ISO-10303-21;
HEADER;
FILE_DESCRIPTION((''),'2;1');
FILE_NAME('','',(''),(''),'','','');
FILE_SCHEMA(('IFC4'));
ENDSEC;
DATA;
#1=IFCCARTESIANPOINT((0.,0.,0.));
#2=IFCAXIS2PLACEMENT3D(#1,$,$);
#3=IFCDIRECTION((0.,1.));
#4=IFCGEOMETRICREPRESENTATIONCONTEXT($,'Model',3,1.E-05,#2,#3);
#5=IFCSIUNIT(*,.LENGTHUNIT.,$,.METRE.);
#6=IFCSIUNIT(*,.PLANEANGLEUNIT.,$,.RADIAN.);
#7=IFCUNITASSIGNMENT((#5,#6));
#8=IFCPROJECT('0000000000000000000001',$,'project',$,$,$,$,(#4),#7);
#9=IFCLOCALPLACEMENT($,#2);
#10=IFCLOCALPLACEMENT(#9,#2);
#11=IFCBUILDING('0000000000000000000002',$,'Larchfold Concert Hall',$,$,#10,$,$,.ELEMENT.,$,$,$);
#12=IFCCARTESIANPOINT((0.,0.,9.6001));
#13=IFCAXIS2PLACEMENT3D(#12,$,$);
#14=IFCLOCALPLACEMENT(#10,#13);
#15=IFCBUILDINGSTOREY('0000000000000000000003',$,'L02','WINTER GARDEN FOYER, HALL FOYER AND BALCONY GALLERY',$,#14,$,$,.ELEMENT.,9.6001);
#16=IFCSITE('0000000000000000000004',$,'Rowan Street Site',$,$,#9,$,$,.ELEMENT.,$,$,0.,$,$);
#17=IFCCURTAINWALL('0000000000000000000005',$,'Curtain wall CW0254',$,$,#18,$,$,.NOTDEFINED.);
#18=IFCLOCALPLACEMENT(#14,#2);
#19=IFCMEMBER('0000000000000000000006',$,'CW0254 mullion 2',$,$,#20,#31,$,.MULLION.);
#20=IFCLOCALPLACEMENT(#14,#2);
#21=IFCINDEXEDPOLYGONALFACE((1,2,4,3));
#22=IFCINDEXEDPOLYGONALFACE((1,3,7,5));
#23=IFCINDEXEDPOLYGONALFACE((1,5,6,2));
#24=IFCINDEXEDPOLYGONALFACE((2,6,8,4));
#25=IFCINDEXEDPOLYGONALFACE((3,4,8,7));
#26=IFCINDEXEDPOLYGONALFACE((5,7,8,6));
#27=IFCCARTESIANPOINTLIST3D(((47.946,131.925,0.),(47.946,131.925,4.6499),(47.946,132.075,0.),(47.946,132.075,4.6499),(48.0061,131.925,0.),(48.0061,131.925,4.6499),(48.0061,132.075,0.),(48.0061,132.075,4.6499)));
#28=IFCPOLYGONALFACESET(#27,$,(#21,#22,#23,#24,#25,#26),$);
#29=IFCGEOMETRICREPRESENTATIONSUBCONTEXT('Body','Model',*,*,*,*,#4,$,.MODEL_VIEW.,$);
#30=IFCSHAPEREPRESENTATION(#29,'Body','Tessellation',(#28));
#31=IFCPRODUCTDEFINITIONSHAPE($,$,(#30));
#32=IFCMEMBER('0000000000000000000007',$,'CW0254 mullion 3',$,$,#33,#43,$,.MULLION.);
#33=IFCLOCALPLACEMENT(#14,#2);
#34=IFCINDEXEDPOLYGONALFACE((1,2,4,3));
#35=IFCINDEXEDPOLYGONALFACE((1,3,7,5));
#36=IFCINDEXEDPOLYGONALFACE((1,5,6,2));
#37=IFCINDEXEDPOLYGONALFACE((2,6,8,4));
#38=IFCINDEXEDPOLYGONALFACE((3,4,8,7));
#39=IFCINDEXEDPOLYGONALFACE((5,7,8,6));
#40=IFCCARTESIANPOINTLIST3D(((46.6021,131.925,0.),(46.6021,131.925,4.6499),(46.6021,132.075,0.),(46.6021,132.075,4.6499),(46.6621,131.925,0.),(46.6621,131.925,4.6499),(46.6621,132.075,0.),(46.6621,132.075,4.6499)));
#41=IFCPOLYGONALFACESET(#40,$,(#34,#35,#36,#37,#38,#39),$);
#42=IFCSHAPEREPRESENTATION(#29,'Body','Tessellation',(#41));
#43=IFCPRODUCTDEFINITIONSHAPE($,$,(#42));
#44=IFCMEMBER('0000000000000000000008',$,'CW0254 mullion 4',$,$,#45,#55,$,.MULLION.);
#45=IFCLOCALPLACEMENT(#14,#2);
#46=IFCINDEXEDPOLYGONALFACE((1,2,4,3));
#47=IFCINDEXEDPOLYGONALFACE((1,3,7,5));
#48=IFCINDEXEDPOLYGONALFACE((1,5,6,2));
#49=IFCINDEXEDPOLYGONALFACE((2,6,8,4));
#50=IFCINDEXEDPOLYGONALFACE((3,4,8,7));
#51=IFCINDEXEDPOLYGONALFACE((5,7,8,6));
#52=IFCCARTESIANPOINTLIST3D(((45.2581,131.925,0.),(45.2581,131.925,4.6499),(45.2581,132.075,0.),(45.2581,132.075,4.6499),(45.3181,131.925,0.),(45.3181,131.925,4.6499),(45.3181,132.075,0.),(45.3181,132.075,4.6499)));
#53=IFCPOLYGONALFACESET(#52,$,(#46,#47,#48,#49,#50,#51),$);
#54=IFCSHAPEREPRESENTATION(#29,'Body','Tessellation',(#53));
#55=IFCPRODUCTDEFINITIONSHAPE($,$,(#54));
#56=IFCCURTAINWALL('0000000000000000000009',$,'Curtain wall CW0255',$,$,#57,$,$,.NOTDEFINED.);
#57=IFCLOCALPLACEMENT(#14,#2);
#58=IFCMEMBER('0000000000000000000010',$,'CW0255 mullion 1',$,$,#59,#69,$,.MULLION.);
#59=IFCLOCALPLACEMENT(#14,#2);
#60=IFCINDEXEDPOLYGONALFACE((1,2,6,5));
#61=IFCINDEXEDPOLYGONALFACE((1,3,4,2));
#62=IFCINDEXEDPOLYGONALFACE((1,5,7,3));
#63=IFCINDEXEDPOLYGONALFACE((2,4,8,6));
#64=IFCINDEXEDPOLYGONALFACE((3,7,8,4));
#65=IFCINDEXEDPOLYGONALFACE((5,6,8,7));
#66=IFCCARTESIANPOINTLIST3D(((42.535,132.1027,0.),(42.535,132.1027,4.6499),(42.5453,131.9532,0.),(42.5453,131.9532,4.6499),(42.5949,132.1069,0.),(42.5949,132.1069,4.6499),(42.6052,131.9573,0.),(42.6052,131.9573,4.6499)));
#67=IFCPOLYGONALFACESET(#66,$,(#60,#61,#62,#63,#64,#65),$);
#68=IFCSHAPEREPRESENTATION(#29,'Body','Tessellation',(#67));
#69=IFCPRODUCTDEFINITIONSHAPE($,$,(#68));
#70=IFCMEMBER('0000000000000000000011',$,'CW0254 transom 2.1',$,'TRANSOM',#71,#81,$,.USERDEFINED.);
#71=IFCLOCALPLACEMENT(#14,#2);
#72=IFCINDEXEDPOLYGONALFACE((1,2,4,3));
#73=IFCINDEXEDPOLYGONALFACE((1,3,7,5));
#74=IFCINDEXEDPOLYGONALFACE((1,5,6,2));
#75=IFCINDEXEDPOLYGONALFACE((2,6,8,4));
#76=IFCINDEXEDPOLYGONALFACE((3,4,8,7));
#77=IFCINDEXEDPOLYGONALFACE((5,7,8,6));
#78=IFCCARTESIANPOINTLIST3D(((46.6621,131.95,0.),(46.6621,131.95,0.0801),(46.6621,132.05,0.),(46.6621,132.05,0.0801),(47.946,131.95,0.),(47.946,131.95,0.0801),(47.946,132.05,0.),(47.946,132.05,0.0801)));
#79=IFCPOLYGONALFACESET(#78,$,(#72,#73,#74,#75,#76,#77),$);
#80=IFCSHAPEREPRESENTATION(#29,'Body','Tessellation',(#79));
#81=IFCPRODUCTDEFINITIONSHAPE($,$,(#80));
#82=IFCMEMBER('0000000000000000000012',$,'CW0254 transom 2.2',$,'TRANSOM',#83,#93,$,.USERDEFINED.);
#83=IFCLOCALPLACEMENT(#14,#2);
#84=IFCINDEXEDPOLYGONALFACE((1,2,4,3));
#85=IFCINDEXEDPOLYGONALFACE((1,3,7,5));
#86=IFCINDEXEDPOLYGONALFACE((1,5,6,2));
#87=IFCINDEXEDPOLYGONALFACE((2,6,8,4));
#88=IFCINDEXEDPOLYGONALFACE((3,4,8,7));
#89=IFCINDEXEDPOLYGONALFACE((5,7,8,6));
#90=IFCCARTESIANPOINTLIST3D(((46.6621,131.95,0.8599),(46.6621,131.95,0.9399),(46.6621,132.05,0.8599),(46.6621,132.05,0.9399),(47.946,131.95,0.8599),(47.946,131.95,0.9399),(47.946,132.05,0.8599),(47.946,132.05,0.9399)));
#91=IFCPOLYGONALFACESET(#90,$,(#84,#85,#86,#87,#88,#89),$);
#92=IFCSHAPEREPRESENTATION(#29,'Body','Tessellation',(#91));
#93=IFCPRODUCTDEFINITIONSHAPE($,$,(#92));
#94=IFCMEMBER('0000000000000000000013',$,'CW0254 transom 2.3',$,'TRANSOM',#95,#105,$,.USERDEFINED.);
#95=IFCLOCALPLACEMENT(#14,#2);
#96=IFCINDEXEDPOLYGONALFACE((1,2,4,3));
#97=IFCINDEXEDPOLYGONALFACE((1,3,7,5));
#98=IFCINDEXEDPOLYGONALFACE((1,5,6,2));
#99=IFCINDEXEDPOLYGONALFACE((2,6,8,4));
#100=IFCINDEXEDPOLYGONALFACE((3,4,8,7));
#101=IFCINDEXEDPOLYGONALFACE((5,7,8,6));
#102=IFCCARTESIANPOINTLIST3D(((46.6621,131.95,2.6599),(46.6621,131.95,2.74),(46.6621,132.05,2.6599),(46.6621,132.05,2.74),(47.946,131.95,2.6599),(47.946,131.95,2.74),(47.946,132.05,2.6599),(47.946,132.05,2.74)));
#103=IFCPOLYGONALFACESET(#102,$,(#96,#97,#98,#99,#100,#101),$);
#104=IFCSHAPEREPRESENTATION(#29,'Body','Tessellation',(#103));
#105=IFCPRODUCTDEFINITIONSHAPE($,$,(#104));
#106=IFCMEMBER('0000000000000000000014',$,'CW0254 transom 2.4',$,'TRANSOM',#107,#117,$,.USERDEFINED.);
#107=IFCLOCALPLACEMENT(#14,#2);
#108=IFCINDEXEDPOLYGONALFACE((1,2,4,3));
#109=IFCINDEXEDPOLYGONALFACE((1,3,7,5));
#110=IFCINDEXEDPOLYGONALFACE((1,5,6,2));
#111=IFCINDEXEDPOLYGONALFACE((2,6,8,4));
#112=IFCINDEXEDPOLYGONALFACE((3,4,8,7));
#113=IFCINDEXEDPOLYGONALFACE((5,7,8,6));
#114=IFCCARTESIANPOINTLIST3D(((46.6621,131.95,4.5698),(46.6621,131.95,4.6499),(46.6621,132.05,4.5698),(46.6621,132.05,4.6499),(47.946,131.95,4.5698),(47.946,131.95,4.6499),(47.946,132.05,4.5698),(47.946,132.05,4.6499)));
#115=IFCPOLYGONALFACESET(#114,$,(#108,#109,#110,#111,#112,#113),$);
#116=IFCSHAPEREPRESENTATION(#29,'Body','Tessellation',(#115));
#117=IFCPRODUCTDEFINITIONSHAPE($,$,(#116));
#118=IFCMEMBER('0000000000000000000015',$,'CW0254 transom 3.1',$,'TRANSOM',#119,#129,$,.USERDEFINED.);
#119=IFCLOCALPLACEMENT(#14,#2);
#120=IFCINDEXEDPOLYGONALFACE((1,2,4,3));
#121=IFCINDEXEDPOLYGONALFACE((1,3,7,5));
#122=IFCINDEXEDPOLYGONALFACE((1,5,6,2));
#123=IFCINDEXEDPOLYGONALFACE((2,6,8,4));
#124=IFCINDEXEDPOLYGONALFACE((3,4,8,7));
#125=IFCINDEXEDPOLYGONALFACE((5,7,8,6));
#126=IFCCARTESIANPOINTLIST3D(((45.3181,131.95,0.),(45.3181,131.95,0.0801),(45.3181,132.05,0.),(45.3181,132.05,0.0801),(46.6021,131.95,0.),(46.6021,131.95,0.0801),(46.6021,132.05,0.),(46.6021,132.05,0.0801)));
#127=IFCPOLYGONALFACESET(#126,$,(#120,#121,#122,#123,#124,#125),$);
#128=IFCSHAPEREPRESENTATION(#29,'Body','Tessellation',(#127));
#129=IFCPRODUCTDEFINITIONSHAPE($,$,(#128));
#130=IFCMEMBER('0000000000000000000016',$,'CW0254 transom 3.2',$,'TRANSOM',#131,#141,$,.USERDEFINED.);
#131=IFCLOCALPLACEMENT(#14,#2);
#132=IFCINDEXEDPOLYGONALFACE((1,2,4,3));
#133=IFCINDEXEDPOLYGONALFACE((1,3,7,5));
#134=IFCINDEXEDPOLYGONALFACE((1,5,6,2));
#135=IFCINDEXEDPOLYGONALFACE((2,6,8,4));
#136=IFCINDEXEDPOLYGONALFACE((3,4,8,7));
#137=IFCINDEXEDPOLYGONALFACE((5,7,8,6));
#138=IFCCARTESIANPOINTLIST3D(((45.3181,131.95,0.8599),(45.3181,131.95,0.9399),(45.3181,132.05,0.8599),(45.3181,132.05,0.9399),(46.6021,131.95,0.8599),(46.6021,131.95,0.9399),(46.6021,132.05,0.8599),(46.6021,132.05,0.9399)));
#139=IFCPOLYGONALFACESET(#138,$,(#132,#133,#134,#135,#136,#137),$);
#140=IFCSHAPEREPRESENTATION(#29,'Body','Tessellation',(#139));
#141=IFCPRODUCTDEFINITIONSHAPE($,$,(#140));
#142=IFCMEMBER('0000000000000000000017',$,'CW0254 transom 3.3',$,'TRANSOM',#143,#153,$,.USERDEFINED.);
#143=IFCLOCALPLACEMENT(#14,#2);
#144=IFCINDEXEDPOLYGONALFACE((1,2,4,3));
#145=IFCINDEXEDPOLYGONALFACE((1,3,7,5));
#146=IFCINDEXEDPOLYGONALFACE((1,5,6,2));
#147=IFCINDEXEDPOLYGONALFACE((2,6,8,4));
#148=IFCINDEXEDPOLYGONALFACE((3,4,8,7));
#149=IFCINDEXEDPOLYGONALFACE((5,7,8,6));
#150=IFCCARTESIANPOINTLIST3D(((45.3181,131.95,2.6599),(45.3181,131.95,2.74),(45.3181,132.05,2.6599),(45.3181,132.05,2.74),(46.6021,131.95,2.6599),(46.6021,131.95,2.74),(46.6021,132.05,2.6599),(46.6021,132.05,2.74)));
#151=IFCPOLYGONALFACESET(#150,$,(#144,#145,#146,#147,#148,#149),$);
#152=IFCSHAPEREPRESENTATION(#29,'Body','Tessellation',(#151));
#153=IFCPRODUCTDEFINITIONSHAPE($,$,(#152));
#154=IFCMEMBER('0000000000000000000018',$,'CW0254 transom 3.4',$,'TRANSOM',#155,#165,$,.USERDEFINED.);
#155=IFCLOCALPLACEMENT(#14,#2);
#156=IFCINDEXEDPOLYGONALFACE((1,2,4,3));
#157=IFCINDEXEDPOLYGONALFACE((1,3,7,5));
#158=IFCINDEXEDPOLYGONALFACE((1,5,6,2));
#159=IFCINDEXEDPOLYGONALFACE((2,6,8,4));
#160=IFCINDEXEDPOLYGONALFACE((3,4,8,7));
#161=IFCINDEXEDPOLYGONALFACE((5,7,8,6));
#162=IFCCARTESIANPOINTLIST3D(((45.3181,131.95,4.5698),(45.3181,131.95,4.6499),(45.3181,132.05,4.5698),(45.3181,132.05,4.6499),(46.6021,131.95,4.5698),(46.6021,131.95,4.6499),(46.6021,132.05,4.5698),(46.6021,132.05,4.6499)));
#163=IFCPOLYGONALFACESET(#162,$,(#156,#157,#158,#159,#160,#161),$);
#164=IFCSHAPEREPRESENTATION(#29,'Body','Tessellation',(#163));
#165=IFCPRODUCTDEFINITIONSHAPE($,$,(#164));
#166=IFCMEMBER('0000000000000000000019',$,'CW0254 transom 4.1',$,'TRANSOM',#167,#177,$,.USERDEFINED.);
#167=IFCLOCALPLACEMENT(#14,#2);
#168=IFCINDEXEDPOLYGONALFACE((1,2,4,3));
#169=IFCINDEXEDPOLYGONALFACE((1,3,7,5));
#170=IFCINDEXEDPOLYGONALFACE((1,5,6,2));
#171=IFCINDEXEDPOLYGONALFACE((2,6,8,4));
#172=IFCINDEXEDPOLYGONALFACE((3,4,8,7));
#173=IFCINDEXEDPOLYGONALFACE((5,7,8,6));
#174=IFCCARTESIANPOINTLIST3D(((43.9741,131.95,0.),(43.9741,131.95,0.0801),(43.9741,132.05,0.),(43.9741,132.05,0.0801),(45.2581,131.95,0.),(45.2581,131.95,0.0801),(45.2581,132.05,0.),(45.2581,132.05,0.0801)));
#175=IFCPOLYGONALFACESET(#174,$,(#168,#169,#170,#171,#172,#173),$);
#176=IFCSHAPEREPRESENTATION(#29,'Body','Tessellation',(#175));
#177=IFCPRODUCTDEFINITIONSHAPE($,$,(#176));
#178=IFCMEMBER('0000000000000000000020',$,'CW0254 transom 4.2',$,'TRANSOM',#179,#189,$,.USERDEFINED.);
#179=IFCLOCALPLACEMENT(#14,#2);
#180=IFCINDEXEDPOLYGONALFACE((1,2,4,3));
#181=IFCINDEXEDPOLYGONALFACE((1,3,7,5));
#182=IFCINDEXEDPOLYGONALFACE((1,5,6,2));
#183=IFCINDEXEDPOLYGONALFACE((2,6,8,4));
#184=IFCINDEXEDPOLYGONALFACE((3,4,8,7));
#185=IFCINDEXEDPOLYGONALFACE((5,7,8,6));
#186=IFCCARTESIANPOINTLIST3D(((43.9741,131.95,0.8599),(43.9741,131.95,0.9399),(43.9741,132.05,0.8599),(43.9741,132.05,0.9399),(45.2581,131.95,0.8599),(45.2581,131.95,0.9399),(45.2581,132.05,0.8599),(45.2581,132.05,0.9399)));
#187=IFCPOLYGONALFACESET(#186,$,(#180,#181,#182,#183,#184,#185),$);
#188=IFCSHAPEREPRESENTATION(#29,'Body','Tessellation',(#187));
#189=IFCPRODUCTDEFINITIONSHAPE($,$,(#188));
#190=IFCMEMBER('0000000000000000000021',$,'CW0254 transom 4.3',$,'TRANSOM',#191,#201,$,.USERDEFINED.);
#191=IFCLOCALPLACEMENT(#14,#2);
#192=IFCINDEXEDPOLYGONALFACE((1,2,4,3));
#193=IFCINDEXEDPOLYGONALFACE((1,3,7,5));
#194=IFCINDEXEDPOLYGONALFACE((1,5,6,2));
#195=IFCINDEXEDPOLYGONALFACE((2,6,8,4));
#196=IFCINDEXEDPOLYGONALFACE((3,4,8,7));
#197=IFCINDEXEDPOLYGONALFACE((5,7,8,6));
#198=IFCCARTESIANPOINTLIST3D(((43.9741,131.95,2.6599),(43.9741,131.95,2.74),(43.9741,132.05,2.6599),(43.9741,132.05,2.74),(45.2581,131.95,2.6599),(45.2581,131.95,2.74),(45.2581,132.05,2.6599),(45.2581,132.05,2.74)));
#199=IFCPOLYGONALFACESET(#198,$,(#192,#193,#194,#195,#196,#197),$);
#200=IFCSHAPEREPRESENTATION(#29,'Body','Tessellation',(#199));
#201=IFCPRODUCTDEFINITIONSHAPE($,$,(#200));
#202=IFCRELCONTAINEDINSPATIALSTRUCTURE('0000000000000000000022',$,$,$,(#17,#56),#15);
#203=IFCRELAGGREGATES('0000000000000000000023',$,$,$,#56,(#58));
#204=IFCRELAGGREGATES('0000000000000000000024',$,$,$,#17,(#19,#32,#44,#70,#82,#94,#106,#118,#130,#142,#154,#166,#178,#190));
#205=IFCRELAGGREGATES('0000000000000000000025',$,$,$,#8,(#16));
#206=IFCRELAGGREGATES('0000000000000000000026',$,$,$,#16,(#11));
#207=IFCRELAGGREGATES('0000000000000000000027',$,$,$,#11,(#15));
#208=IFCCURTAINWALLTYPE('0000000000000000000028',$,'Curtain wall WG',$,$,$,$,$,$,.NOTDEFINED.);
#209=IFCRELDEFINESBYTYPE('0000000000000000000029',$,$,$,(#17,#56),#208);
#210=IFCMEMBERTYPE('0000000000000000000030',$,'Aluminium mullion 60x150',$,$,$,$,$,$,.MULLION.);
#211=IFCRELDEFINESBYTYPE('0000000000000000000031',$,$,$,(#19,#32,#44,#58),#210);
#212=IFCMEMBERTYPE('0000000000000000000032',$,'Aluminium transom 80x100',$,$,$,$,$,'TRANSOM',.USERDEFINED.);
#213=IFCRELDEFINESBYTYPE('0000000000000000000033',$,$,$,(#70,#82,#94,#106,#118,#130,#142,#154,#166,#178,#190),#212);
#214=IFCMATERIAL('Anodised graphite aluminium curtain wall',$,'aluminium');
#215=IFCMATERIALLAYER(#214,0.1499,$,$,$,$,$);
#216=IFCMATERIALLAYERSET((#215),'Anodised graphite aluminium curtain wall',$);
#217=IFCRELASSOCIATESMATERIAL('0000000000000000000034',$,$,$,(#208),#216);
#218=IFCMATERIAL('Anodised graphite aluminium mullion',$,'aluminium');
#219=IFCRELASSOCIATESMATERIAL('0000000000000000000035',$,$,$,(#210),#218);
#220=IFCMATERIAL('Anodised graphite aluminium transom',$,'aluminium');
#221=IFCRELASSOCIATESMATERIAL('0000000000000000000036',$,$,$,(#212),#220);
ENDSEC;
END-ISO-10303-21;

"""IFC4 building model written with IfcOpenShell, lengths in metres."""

from ifc_helpers import new_model, si_unit, direction, frame, origin, origin_2d, place, context, subcontext, project, spatial, rectangle, extrude, material, layer, layer_set, material_profile, profile_set, type_object, element, aggregate, save


model = new_model("IFC4")

# Units and contexts
model_context = context("Model", 3, precision=1e-05, world=origin(), true_north=direction((0.0, 1.0)))
body_context = subcontext(model_context, "Body", "Model", "MODEL_VIEW")
ifc_project = project(units=[si_unit("LENGTHUNIT", "METRE"), si_unit("PLANEANGLEUNIT", "RADIAN")], contexts=[model_context])

# Site, building, storey
site_placement = place(None, origin())
site = spatial("IfcSite", under=ifc_project, at=site_placement, Name="Rowan Street Site", CompositionType="ELEMENT", RefElevation=0.0)
building_placement = place(site_placement, origin())
building = spatial("IfcBuilding", under=site, at=building_placement, Name="Larchfold Concert Hall", CompositionType="ELEMENT")
storey_placement = place(building_placement, frame((0.0, 0.0, 9.6001)))
storey = spatial("IfcBuildingStorey", under=building, at=storey_placement, Name="L02", Description="WINTER GARDEN FOYER, HALL FOYER AND BALCONY GALLERY", CompositionType="ELEMENT", Elevation=9.6001)

# Curtain wall, members
ifc_material_1 = material(Name="Anodised graphite aluminium curtain wall", Category="aluminium")
ifc_layer_1 = layer(ifc_material_1, 0.1499)
ifc_layer_set_1 = layer_set([ifc_layer_1], Name="Anodised graphite aluminium curtain wall")
curtain_wall_type = type_object("IfcCurtainWallType", Name="Curtain wall WG", PredefinedType="NOTDEFINED", material=ifc_layer_set_1)
curtain_wall_1_placement = place(storey_placement, origin())
curtain_wall_1 = element("IfcCurtainWall", 1, at=curtain_wall_1_placement, inside=storey, type_object=curtain_wall_type, Name="Curtain wall CW0254", PredefinedType="NOTDEFINED")
ifc_material_2 = material(Name="Anodised graphite aluminium mullion", Category="aluminium")
ifc_material_profile_1 = material_profile(ifc_material_2, rectangle(XDim=0.1499, YDim=0.0601, at=origin_2d()))
ifc_profile_set_1 = profile_set([ifc_material_profile_1], Name="Anodised graphite aluminium mullion")
member_type_1 = type_object("IfcMemberType", Name="Aluminium mullion 60x150", PredefinedType="MULLION", material=ifc_profile_set_1)
member_1_placement = place(storey_placement, frame((47.9761, 132.0, 0.0), z_axis=(0.0, 0.0, 1.0), x_axis=(0.0, -1.0, 0.0)))
member_1 = element("IfcMember", 2, at=member_1_placement, type_object=member_type_1, Name="CW0254 mullion 2", PredefinedType="MULLION", context=body_context, shape_type="SweptSolid", body=[
    extrude(rectangle(XDim=0.1499, YDim=0.0601, at=origin_2d()), origin(), (0.0, 0.0, 1.0), 4.6499),
])
member_2_placement = place(storey_placement, frame((46.6321, 132.0, 0.0), z_axis=(0.0, 0.0, 1.0), x_axis=(0.0, -1.0, 0.0)))
member_2 = element("IfcMember", 3, at=member_2_placement, type_object=member_type_1, Name="CW0254 mullion 3", PredefinedType="MULLION", context=body_context, shape_type="SweptSolid", body=[
    extrude(rectangle(XDim=0.1499, YDim=0.0601, at=origin_2d()), origin(), (0.0, 0.0, 1.0), 4.6499),
])
member_3_placement = place(storey_placement, frame((45.2881, 132.0, 0.0), z_axis=(0.0, 0.0, 1.0), x_axis=(0.0, -1.0, 0.0)))
member_3 = element("IfcMember", 4, at=member_3_placement, type_object=member_type_1, Name="CW0254 mullion 4", PredefinedType="MULLION", context=body_context, shape_type="SweptSolid", body=[
    extrude(rectangle(XDim=0.1499, YDim=0.0601, at=origin_2d()), origin(), (0.0, 0.0, 1.0), 4.6499),
])

# Curtain wall, member
curtain_wall_2_placement = place(storey_placement, origin())
curtain_wall_2 = element("IfcCurtainWall", 5, at=curtain_wall_2_placement, inside=storey, type_object=curtain_wall_type, Name="Curtain wall CW0255", PredefinedType="NOTDEFINED")
member_4_placement = place(storey_placement, frame((42.5701, 132.03, 0.0), z_axis=(0.0, 0.0, 1.0), x_axis=(0.068786, -0.997631, 0.0)))
member_4 = element("IfcMember", 6, at=member_4_placement, type_object=member_type_1, Name="CW0255 mullion 1", PredefinedType="MULLION", context=body_context, shape_type="SweptSolid", body=[
    extrude(rectangle(XDim=0.1499, YDim=0.0601, at=origin_2d()), origin(), (0.0, 0.0, 1.0), 4.6499),
])

# Members
ifc_material_3 = material(Name="Anodised graphite aluminium transom", Category="aluminium")
ifc_material_profile_2 = material_profile(ifc_material_3, rectangle(XDim=0.1001, YDim=0.0801, at=origin_2d()))
ifc_profile_set_2 = profile_set([ifc_material_profile_2], Name="Anodised graphite aluminium transom")
member_type_2 = type_object("IfcMemberType", Name="Aluminium transom 80x100", ElementType="TRANSOM", PredefinedType="USERDEFINED", material=ifc_profile_set_2)
member_5_placement = place(storey_placement, frame((47.946, 132.0, 0.04), z_axis=(-1.0, 0.0, 0.0), x_axis=(0.0, -1.0, 0.0)))
member_5 = element("IfcMember", 7, at=member_5_placement, type_object=member_type_2, Name="CW0254 transom 2.1", ObjectType="TRANSOM", PredefinedType="USERDEFINED", context=body_context, shape_type="SweptSolid", body=[
    extrude(rectangle(XDim=0.1001, YDim=0.0801, at=origin_2d()), origin(), (0.0, 0.0, 1.0), 1.2839),
])
member_6_placement = place(storey_placement, frame((47.946, 132.0, 0.8999), z_axis=(-1.0, 0.0, 0.0), x_axis=(0.0, -1.0, 0.0)))
member_6 = element("IfcMember", 8, at=member_6_placement, type_object=member_type_2, Name="CW0254 transom 2.2", ObjectType="TRANSOM", PredefinedType="USERDEFINED", context=body_context, shape_type="SweptSolid", body=[
    extrude(rectangle(XDim=0.1001, YDim=0.0801, at=origin_2d()), origin(), (0.0, 0.0, 1.0), 1.2839),
])
member_7_placement = place(storey_placement, frame((47.946, 132.0, 2.7), z_axis=(-1.0, 0.0, 0.0), x_axis=(0.0, -1.0, 0.0)))
member_7 = element("IfcMember", 9, at=member_7_placement, type_object=member_type_2, Name="CW0254 transom 2.3", ObjectType="TRANSOM", PredefinedType="USERDEFINED", context=body_context, shape_type="SweptSolid", body=[
    extrude(rectangle(XDim=0.1001, YDim=0.0801, at=origin_2d()), origin(), (0.0, 0.0, 1.0), 1.2839),
])
member_8_placement = place(storey_placement, frame((47.946, 132.0, 4.6099), z_axis=(-1.0, 0.0, 0.0), x_axis=(0.0, -1.0, 0.0)))
member_8 = element("IfcMember", 10, at=member_8_placement, type_object=member_type_2, Name="CW0254 transom 2.4", ObjectType="TRANSOM", PredefinedType="USERDEFINED", context=body_context, shape_type="SweptSolid", body=[
    extrude(rectangle(XDim=0.1001, YDim=0.0801, at=origin_2d()), origin(), (0.0, 0.0, 1.0), 1.2839),
])
member_9_placement = place(storey_placement, frame((46.6021, 132.0, 0.04), z_axis=(-1.0, 0.0, 0.0), x_axis=(0.0, -1.0, 0.0)))
member_9 = element("IfcMember", 11, at=member_9_placement, type_object=member_type_2, Name="CW0254 transom 3.1", ObjectType="TRANSOM", PredefinedType="USERDEFINED", context=body_context, shape_type="SweptSolid", body=[
    extrude(rectangle(XDim=0.1001, YDim=0.0801, at=origin_2d()), origin(), (0.0, 0.0, 1.0), 1.2839),
])
member_10_placement = place(storey_placement, frame((46.6021, 132.0, 0.8999), z_axis=(-1.0, 0.0, 0.0), x_axis=(0.0, -1.0, 0.0)))
member_10 = element("IfcMember", 12, at=member_10_placement, type_object=member_type_2, Name="CW0254 transom 3.2", ObjectType="TRANSOM", PredefinedType="USERDEFINED", context=body_context, shape_type="SweptSolid", body=[
    extrude(rectangle(XDim=0.1001, YDim=0.0801, at=origin_2d()), origin(), (0.0, 0.0, 1.0), 1.2839),
])
member_11_placement = place(storey_placement, frame((46.6021, 132.0, 2.7), z_axis=(-1.0, 0.0, 0.0), x_axis=(0.0, -1.0, 0.0)))
member_11 = element("IfcMember", 13, at=member_11_placement, type_object=member_type_2, Name="CW0254 transom 3.3", ObjectType="TRANSOM", PredefinedType="USERDEFINED", context=body_context, shape_type="SweptSolid", body=[
    extrude(rectangle(XDim=0.1001, YDim=0.0801, at=origin_2d()), origin(), (0.0, 0.0, 1.0), 1.2839),
])
member_12_placement = place(storey_placement, frame((46.6021, 132.0, 4.6099), z_axis=(-1.0, 0.0, 0.0), x_axis=(0.0, -1.0, 0.0)))
member_12 = element("IfcMember", 14, at=member_12_placement, type_object=member_type_2, Name="CW0254 transom 3.4", ObjectType="TRANSOM", PredefinedType="USERDEFINED", context=body_context, shape_type="SweptSolid", body=[
    extrude(rectangle(XDim=0.1001, YDim=0.0801, at=origin_2d()), origin(), (0.0, 0.0, 1.0), 1.2839),
])
member_13_placement = place(storey_placement, frame((45.2581, 132.0, 0.04), z_axis=(-1.0, 0.0, 0.0), x_axis=(0.0, -1.0, 0.0)))
member_13 = element("IfcMember", 15, at=member_13_placement, type_object=member_type_2, Name="CW0254 transom 4.1", ObjectType="TRANSOM", PredefinedType="USERDEFINED", context=body_context, shape_type="SweptSolid", body=[
    extrude(rectangle(XDim=0.1001, YDim=0.0801, at=origin_2d()), origin(), (0.0, 0.0, 1.0), 1.2839),
])
member_14_placement = place(storey_placement, frame((45.2581, 132.0, 0.8999), z_axis=(-1.0, 0.0, 0.0), x_axis=(0.0, -1.0, 0.0)))
member_14 = element("IfcMember", 16, at=member_14_placement, type_object=member_type_2, Name="CW0254 transom 4.2", ObjectType="TRANSOM", PredefinedType="USERDEFINED", context=body_context, shape_type="SweptSolid", body=[
    extrude(rectangle(XDim=0.1001, YDim=0.0801, at=origin_2d()), origin(), (0.0, 0.0, 1.0), 1.2839),
])
member_15_placement = place(storey_placement, frame((45.2581, 132.0, 2.7), z_axis=(-1.0, 0.0, 0.0), x_axis=(0.0, -1.0, 0.0)))
member_15 = element("IfcMember", 17, at=member_15_placement, type_object=member_type_2, Name="CW0254 transom 4.3", ObjectType="TRANSOM", PredefinedType="USERDEFINED", context=body_context, shape_type="SweptSolid", body=[
    extrude(rectangle(XDim=0.1001, YDim=0.0801, at=origin_2d()), origin(), (0.0, 0.0, 1.0), 1.2839),
])
aggregate(curtain_wall_2, [member_4])

aggregate(curtain_wall_1, [member_1, member_2, member_3, member_5, member_6, member_7, member_8, member_9, member_10, member_11, member_12, member_13, member_14, member_15])

save(model, "model.ifc")
